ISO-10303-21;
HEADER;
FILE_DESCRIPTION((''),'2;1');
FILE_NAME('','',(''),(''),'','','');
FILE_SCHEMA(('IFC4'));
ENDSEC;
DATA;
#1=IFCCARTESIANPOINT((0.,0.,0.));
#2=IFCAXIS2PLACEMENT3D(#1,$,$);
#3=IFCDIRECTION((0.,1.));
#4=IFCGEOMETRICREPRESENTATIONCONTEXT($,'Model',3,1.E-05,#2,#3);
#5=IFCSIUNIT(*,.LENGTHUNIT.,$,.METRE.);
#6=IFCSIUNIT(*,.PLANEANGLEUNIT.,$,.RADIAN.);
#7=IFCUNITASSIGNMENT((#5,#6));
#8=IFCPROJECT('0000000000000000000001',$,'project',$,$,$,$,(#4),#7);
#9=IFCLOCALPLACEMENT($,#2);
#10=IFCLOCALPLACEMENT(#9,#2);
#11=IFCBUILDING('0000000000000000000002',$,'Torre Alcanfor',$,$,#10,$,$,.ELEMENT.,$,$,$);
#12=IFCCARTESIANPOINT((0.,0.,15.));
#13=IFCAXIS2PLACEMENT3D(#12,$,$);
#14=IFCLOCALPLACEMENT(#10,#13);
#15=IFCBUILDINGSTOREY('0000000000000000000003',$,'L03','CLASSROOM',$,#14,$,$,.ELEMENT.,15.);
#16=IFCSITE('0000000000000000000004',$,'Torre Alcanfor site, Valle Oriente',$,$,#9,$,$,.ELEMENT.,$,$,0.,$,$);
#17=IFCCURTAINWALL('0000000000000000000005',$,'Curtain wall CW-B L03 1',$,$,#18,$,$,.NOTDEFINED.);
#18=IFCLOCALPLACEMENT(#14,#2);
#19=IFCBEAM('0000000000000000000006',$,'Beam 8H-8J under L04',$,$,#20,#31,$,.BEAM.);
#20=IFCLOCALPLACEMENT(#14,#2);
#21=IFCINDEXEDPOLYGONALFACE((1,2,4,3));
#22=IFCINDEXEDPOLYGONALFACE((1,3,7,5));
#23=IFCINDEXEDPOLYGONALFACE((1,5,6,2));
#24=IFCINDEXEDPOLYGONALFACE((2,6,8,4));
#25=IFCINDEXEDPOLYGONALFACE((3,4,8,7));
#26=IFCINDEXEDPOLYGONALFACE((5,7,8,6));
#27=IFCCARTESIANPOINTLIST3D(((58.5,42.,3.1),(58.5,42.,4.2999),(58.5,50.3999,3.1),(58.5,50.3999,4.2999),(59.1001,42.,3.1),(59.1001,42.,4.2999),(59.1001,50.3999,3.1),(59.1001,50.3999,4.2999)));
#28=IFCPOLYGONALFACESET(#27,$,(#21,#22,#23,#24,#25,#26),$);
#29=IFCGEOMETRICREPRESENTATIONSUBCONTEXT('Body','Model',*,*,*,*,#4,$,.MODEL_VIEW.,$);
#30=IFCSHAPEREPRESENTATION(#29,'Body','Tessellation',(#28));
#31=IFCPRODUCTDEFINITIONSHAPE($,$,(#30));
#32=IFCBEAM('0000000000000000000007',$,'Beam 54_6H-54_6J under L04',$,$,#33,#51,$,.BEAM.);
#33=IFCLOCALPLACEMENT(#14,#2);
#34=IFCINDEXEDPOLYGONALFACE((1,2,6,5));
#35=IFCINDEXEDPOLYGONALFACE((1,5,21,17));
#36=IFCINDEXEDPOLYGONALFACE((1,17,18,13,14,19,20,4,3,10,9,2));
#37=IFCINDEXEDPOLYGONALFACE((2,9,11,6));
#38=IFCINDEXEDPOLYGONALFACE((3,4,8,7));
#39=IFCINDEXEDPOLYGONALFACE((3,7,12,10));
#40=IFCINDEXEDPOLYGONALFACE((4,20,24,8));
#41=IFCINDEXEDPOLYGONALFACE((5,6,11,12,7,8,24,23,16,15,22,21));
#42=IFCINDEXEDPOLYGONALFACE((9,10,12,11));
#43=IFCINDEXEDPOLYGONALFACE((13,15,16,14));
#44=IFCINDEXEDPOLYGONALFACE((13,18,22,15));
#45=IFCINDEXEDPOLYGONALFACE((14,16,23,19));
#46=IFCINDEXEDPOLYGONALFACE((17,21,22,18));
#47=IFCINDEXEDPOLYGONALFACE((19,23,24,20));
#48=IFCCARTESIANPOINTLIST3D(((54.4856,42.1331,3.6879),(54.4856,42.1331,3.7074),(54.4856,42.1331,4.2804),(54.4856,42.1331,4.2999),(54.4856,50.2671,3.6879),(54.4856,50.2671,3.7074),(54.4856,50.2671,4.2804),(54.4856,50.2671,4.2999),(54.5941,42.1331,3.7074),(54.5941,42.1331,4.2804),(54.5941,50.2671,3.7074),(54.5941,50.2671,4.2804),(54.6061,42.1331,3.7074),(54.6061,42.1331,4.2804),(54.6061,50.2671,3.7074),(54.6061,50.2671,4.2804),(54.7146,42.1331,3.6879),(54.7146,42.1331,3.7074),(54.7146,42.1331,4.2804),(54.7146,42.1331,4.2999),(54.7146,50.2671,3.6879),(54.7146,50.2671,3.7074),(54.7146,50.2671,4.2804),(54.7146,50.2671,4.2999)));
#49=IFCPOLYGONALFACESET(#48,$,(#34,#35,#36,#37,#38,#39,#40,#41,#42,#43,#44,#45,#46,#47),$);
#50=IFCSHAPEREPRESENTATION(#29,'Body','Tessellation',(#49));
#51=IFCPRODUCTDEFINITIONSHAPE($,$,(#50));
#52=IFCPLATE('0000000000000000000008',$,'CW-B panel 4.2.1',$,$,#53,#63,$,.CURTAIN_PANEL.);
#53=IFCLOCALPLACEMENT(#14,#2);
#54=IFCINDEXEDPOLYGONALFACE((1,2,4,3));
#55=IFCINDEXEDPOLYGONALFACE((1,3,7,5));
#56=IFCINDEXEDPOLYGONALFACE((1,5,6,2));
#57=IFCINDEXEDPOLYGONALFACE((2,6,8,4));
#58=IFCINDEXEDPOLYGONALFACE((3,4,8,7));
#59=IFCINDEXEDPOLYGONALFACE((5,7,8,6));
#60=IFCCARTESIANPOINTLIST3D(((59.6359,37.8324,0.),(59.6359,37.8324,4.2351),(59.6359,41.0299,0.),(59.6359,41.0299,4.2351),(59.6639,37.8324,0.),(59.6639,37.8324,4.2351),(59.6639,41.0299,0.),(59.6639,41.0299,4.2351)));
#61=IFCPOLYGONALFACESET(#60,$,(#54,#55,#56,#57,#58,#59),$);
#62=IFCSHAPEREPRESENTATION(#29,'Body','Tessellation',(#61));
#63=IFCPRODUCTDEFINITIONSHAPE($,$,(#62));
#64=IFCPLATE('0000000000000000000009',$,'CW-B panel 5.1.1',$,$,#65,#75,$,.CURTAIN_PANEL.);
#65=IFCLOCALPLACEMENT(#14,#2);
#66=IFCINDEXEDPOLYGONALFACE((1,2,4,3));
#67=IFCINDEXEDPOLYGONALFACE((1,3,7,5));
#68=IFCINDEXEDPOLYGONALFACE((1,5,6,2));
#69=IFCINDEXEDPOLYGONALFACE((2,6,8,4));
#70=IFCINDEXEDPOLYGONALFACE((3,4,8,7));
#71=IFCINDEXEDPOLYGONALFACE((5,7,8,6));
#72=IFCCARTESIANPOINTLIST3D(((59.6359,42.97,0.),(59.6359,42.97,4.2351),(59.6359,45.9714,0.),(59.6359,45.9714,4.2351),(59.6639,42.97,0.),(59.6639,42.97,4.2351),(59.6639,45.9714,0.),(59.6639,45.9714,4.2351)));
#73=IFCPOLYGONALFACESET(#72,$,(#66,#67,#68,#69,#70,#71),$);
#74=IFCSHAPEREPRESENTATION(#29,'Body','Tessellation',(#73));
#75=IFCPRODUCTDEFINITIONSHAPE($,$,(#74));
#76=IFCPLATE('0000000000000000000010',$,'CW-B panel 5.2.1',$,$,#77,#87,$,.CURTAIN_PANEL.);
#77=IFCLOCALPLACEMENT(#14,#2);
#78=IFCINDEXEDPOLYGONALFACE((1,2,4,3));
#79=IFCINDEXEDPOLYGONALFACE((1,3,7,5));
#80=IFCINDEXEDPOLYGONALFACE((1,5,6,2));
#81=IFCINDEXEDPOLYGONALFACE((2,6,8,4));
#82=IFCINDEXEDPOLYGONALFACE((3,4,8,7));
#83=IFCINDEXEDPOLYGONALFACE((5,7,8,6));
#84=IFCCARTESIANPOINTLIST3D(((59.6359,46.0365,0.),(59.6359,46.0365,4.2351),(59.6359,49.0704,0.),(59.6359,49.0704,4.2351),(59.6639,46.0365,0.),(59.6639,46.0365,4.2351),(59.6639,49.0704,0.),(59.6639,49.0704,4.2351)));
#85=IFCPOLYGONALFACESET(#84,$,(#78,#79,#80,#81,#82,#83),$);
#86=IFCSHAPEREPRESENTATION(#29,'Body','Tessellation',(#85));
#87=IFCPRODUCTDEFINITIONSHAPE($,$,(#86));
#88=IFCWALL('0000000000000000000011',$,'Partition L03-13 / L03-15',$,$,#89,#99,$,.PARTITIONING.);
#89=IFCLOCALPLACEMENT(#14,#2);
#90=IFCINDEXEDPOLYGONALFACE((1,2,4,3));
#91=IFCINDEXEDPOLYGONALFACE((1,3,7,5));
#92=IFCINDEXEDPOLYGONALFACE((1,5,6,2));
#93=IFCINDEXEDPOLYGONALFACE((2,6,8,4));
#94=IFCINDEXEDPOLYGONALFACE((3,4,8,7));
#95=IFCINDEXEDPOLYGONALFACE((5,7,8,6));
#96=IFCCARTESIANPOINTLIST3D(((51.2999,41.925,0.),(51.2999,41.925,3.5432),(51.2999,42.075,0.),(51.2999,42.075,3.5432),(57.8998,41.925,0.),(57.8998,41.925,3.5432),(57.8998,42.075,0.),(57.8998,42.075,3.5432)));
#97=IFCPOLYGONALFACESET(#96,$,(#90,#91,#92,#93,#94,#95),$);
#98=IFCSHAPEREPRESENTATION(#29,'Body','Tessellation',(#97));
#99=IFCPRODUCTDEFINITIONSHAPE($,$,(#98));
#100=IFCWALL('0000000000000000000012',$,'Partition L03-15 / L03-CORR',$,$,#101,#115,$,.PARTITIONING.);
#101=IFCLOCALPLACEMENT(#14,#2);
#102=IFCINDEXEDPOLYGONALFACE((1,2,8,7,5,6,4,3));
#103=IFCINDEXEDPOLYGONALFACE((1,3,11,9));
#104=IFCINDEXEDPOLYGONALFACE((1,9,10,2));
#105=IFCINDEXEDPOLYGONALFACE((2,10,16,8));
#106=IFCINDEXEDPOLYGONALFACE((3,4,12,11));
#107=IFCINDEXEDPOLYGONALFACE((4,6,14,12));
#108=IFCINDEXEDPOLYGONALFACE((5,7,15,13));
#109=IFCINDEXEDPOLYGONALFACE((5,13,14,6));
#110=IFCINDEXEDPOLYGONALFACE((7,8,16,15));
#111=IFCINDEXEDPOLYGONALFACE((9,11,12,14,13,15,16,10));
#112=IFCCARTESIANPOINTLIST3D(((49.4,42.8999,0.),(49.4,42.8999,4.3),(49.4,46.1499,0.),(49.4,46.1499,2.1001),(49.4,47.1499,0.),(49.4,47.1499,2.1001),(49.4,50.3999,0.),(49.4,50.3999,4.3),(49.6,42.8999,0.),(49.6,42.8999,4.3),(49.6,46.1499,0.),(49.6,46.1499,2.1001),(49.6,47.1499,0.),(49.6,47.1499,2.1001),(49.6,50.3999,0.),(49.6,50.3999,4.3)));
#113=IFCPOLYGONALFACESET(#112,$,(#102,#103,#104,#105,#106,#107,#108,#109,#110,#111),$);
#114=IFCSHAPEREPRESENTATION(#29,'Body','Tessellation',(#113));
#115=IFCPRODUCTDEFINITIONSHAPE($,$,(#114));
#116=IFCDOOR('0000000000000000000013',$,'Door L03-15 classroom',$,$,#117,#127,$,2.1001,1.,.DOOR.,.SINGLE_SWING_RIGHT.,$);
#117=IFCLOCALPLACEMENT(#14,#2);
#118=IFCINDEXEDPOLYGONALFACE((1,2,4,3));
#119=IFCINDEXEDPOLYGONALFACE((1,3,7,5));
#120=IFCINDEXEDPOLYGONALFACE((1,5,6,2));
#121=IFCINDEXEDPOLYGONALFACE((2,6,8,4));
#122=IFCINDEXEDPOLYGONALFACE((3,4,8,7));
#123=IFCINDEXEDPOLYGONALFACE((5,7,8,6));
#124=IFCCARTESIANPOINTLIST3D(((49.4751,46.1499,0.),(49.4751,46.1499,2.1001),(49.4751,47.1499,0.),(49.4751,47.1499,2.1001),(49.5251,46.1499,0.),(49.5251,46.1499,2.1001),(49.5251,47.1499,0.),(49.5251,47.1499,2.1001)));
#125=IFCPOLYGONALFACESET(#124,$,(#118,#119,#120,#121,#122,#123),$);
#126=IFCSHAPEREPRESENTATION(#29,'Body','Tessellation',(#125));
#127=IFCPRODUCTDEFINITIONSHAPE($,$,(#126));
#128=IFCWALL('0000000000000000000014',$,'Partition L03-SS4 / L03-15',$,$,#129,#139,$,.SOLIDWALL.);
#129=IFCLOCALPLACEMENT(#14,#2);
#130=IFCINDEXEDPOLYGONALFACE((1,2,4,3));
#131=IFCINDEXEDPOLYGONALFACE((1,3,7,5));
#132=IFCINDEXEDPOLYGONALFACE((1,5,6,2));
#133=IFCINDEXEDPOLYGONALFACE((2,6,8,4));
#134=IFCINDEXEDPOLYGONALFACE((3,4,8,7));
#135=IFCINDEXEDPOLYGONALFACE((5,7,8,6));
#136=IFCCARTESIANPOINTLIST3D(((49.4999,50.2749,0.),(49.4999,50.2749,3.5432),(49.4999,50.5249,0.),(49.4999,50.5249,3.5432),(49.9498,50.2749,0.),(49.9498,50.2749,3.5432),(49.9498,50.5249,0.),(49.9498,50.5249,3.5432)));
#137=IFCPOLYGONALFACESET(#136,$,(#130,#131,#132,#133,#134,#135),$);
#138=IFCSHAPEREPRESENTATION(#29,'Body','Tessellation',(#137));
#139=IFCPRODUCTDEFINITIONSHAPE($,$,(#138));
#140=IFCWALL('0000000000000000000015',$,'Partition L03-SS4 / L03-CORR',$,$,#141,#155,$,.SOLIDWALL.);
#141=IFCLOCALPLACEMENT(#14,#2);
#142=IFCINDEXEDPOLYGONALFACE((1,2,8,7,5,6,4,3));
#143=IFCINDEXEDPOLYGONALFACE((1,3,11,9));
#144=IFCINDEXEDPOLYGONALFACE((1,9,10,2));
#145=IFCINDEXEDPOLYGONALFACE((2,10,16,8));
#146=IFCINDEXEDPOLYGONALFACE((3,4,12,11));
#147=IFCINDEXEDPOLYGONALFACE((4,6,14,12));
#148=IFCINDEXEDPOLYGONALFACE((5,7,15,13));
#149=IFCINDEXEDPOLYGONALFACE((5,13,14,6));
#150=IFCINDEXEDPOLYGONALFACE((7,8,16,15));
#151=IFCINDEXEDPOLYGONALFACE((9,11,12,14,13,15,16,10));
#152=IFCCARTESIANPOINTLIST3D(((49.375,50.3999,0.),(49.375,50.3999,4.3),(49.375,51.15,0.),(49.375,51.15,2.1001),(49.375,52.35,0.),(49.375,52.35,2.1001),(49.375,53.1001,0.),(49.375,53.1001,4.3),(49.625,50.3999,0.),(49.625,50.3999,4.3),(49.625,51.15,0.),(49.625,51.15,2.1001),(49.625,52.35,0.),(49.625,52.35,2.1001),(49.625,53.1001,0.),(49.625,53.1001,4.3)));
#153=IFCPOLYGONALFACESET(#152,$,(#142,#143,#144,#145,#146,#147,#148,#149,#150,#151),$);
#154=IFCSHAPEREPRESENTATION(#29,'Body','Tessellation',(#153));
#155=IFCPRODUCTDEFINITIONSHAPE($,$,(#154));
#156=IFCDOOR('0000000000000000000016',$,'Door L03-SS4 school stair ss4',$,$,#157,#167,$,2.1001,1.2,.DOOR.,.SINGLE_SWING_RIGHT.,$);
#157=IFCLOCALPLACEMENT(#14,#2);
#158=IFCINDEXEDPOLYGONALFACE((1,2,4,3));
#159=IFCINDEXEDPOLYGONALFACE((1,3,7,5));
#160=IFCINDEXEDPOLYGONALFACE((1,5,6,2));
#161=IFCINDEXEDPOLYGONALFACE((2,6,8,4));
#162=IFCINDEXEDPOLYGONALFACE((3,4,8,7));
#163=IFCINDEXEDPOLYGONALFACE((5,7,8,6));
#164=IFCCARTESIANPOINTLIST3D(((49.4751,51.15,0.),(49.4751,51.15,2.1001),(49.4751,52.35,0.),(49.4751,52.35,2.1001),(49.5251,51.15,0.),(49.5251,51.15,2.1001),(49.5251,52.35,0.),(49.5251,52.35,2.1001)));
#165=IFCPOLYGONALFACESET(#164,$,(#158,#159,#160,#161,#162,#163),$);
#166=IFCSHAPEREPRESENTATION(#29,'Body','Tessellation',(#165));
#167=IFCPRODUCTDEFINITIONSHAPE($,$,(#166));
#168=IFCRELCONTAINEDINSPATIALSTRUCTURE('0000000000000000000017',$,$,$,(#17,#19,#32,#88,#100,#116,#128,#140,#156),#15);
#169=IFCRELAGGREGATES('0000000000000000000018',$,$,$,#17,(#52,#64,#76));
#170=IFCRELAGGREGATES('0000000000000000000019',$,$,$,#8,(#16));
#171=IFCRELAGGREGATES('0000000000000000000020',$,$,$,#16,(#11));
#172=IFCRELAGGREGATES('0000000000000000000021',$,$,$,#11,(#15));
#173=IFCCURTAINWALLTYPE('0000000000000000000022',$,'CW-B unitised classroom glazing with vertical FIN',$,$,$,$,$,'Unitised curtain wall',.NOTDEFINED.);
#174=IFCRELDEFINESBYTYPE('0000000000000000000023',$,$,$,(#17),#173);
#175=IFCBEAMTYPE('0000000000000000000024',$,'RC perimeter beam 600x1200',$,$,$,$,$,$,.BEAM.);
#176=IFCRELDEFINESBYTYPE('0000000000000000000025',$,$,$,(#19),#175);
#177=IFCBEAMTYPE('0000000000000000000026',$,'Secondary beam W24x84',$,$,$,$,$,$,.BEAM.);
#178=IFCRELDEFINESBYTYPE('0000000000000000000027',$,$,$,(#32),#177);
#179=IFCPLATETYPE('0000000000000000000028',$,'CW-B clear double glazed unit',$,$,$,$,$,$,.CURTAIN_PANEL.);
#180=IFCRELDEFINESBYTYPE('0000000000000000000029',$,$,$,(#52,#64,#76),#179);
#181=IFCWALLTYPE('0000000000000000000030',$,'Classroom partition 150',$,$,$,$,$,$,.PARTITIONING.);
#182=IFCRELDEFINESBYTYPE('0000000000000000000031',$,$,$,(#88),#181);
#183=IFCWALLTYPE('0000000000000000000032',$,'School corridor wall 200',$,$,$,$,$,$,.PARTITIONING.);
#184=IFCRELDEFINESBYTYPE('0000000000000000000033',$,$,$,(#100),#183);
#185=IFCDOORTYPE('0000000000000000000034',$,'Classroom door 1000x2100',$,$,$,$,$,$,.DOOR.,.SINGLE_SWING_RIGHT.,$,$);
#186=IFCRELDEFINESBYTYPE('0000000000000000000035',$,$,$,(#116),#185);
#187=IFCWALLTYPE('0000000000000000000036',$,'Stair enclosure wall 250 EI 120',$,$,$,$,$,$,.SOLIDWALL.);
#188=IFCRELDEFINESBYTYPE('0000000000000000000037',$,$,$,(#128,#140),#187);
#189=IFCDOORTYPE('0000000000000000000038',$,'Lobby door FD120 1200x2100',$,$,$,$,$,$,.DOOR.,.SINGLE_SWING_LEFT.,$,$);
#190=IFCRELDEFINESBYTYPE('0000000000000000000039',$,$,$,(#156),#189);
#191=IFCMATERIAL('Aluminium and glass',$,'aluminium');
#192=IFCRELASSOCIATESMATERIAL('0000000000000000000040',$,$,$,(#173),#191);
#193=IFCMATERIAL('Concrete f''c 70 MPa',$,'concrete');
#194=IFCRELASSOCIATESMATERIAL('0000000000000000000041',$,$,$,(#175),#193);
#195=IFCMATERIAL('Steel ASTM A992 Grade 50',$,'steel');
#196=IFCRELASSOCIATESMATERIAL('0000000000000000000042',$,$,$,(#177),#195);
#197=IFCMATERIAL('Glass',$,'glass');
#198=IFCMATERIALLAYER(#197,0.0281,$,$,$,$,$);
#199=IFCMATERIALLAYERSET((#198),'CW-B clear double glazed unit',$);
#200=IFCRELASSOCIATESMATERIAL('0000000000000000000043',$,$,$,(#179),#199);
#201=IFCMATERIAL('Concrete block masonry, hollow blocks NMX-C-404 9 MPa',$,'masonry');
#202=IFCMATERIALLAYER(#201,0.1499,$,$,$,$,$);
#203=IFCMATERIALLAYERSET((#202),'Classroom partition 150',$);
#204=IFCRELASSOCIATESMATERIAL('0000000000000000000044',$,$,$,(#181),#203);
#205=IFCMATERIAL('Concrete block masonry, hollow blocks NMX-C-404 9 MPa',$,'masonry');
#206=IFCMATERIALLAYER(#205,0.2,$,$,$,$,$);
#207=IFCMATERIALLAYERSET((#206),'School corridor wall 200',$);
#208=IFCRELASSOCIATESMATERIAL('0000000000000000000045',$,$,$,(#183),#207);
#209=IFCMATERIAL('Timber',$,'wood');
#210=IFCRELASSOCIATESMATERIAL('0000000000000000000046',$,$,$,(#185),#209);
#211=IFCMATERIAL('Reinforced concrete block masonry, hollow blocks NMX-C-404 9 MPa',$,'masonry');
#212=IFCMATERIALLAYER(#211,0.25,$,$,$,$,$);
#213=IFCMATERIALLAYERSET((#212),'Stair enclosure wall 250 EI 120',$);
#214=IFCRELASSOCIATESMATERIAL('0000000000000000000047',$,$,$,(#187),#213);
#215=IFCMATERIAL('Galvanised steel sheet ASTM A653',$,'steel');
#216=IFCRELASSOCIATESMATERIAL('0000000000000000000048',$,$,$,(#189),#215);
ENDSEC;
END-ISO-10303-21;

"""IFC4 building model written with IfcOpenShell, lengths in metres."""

from ifc_helpers import new_model, si_unit, direction, frame, frame_2d, origin, origin_2d, place, context, subcontext, project, spatial, rectangle, i_section, extrude, material, layer, layer_set, material_profile, profile_set, type_object, element, fill, aggregate, save


model = new_model("IFC4")

# Units and contexts
model_context = context("Model", 3, precision=1e-05, world=origin(), true_north=direction((0.0, 1.0)))
body_context = subcontext(model_context, "Body", "Model", "MODEL_VIEW")
ifc_project = project(units=[si_unit("LENGTHUNIT", "METRE"), si_unit("PLANEANGLEUNIT", "RADIAN")], contexts=[model_context])

# Site, building, storey
site_placement = place(None, origin())
site = spatial("IfcSite", under=ifc_project, at=site_placement, Name="Torre Alcanfor site, Valle Oriente", CompositionType="ELEMENT", RefElevation=0.0)
building_placement = place(site_placement, origin())
building = spatial("IfcBuilding", under=site, at=building_placement, Name="Torre Alcanfor", CompositionType="ELEMENT")
storey_placement = place(building_placement, frame((0.0, 0.0, 15.0)))
storey = spatial("IfcBuildingStorey", under=building, at=storey_placement, Name="L03", Description="CLASSROOM", CompositionType="ELEMENT", Elevation=15.0)

# Curtain wall
ifc_material_1 = material(Name="Aluminium and glass", Category="aluminium")
curtain_wall_type = type_object("IfcCurtainWallType", Name="CW-B unitised classroom glazing with vertical FIN", ElementType="Unitised curtain wall", PredefinedType="NOTDEFINED", material=ifc_material_1)
curtain_wall_placement = place(storey_placement, origin())
curtain_wall = element("IfcCurtainWall", 1, at=curtain_wall_placement, inside=storey, type_object=curtain_wall_type, Name="Curtain wall CW-B L03 1", PredefinedType="NOTDEFINED")

# Beams
ifc_material_2 = material(Name="Concrete f'c 70 MPa", Category="concrete")
ifc_material_profile_1 = material_profile(ifc_material_2, rectangle(XDim=0.6001, YDim=1.2, at=origin_2d()), Name="600x1200")
ifc_profile_set_1 = profile_set([ifc_material_profile_1], Name="Concrete f'c 70 MPa")
beam_type_1 = type_object("IfcBeamType", Name="RC perimeter beam 600x1200", PredefinedType="BEAM", material=ifc_profile_set_1)
beam_1_placement = place(storey_placement, frame((58.8, 42.0, 3.7), z_axis=(0.0, 1.0, 0.0), x_axis=(-1.0, 0.0, 0.0)))
element("IfcBeam", 2, at=beam_1_placement, inside=storey, type_object=beam_type_1, Name="Beam 8H-8J under L04", PredefinedType="BEAM", context=body_context, shape_type="SweptSolid", body=[
    extrude(rectangle(XDim=0.6001, YDim=1.2, at=origin_2d()), origin(), (0.0, 0.0, 1.0), 8.3999),
])
ifc_material_3 = material(Name="Steel ASTM A992 Grade 50", Category="steel")
ifc_material_profile_2 = material_profile(ifc_material_3, i_section(OverallWidth=0.229, OverallDepth=0.6121, WebThickness=0.012, FlangeThickness=0.0195, at=origin_2d()), Name="W24x84")
ifc_profile_set_2 = profile_set([ifc_material_profile_2], Name="Steel ASTM A992 Grade 50")
beam_type_2 = type_object("IfcBeamType", Name="Secondary beam W24x84", PredefinedType="BEAM", material=ifc_profile_set_2)
beam_2_placement = place(storey_placement, frame((54.6001, 42.1331, 3.9939), z_axis=(0.0, 1.0, 0.0), x_axis=(-1.0, 0.0, 0.0)))
element("IfcBeam", 3, at=beam_2_placement, inside=storey, type_object=beam_type_2, Name="Beam 54_6H-54_6J under L04", PredefinedType="BEAM", context=body_context, shape_type="SweptSolid", body=[
    extrude(i_section(OverallWidth=0.229, OverallDepth=0.6121, WebThickness=0.012, FlangeThickness=0.0195, at=origin_2d()), origin(), (0.0, 0.0, 1.0), 8.134),
])

# Plates
ifc_material_4 = material(Name="Glass", Category="glass")
ifc_layer_1 = layer(ifc_material_4, 0.0281)
ifc_layer_set_1 = layer_set([ifc_layer_1], Name="CW-B clear double glazed unit")
plate_type = type_object("IfcPlateType", Name="CW-B clear double glazed unit", PredefinedType="CURTAIN_PANEL", material=ifc_layer_set_1)
plate_1_placement = place(storey_placement, frame((59.6499, 39.4312, 0.0), z_axis=(0.0, 0.0, 1.0), x_axis=(0.0, 1.0, 0.0)))
plate_1 = element("IfcPlate", 4, at=plate_1_placement, type_object=plate_type, Name="CW-B panel 4.2.1", PredefinedType="CURTAIN_PANEL", context=body_context, shape_type="SweptSolid", body=[
    extrude(rectangle(XDim=3.1975, YDim=0.0281, at=origin_2d()), origin(), (0.0, 0.0, 1.0), 4.2351),
])
plate_2_placement = place(storey_placement, frame((59.6499, 44.4707, 0.0), z_axis=(0.0, 0.0, 1.0), x_axis=(0.0, 1.0, 0.0)))
plate_2 = element("IfcPlate", 5, at=plate_2_placement, type_object=plate_type, Name="CW-B panel 5.1.1", PredefinedType="CURTAIN_PANEL", context=body_context, shape_type="SweptSolid", body=[
    extrude(rectangle(XDim=3.0015, YDim=0.0281, at=origin_2d()), origin(), (0.0, 0.0, 1.0), 4.2351),
])
plate_3_placement = place(storey_placement, frame((59.6499, 47.5535, 0.0), z_axis=(0.0, 0.0, 1.0), x_axis=(0.0, 1.0, 0.0)))
plate_3 = element("IfcPlate", 6, at=plate_3_placement, type_object=plate_type, Name="CW-B panel 5.2.1", PredefinedType="CURTAIN_PANEL", context=body_context, shape_type="SweptSolid", body=[
    extrude(rectangle(XDim=3.0339, YDim=0.0281, at=origin_2d()), origin(), (0.0, 0.0, 1.0), 4.2351),
])
aggregate(curtain_wall, [plate_1, plate_2, plate_3])

# Wall
ifc_material_5 = material(Name="Concrete block masonry, hollow blocks NMX-C-404 9 MPa", Category="masonry")
ifc_layer_2 = layer(ifc_material_5, 0.1499)
ifc_layer_set_2 = layer_set([ifc_layer_2], Name="Classroom partition 150")
wall_type_1 = type_object("IfcWallType", Name="Classroom partition 150", PredefinedType="PARTITIONING", material=ifc_layer_set_2)
wall_1_placement = place(storey_placement, frame((51.3, 42.0, 0.0), z_axis=(0.0, 0.0, 1.0), x_axis=(1.0, 0.0, 0.0)))
element("IfcWall", 7, at=wall_1_placement, inside=storey, type_object=wall_type_1, Name="Partition L03-13 / L03-15", PredefinedType="PARTITIONING", context=body_context, shape_type="SweptSolid", body=[
    extrude(rectangle(XDim=6.5999, YDim=0.1499, at=frame_2d((3.2998, 0.0))), origin(), (0.0, 0.0, 1.0), 3.5432),
])

# Wall, opening, door
ifc_material_6 = material(Name="Concrete block masonry, hollow blocks NMX-C-404 9 MPa", Category="masonry")
ifc_layer_3 = layer(ifc_material_6, 0.2)
ifc_layer_set_3 = layer_set([ifc_layer_3], Name="School corridor wall 200")
wall_type_2 = type_object("IfcWallType", Name="School corridor wall 200", PredefinedType="PARTITIONING", material=ifc_layer_set_3)
wall_2_placement = place(storey_placement, frame((49.5, 42.8999, 0.0), z_axis=(0.0, 0.0, 1.0), x_axis=(0.0, 1.0, 0.0)))
wall_2 = element("IfcWall", 8, at=wall_2_placement, inside=storey, type_object=wall_type_2, Name="Partition L03-15 / L03-CORR", PredefinedType="PARTITIONING", context=body_context, shape_type="SweptSolid", body=[
    extrude(rectangle(XDim=7.5, YDim=0.2, at=frame_2d((3.75, 0.0))), origin(), (0.0, 0.0, 1.0), 4.3),
])
opening_1_placement = place(wall_2_placement, frame((3.25, 0.0, 0.0)))
opening_1 = element("IfcOpeningElement", 9, at=opening_1_placement, cuts=wall_2, PredefinedType="OPENING", context=body_context, shape_type="SweptSolid", body=[
    extrude(rectangle(XDim=1.0, YDim=2.1001, at=frame_2d((0.5, 1.05))), frame((0.0, 0.1099, 0.0), z_axis=(0.0, -1.0, 0.0), x_axis=(1.0, 0.0, 0.0)), (0.0, 0.0, 1.0), 0.22),
])
ifc_material_7 = material(Name="Timber", Category="wood")
door_type_1 = type_object("IfcDoorType", Name="Classroom door 1000x2100", OperationType="SINGLE_SWING_RIGHT", PredefinedType="DOOR", material=ifc_material_7)
door_1_placement = place(opening_1_placement, frame((1.0, 0.0, 0.0), z_axis=(0.0, 0.0, 1.0), x_axis=(-1.0, 0.0, 0.0)))
door_1 = element("IfcDoor", 10, at=door_1_placement, inside=storey, type_object=door_type_1, Name="Door L03-15 classroom", OperationType="SINGLE_SWING_RIGHT", OverallHeight=2.1001, OverallWidth=1.0, PredefinedType="DOOR", context=body_context, shape_type="SweptSolid", body=[
    extrude(rectangle(XDim=1.0, YDim=2.1001, at=frame_2d((0.5, 1.05))), frame((0.0, 0.0251, 0.0), z_axis=(0.0, -1.0, 0.0), x_axis=(1.0, 0.0, 0.0)), (0.0, 0.0, 1.0), 0.05),
])
fill(opening_1, door_1)

# Wall
ifc_material_8 = material(Name="Reinforced concrete block masonry, hollow blocks NMX-C-404 9 MPa", Category="masonry")
ifc_layer_4 = layer(ifc_material_8, 0.25)
ifc_layer_set_4 = layer_set([ifc_layer_4], Name="Stair enclosure wall 250 EI 120")
wall_type_3 = type_object("IfcWallType", Name="Stair enclosure wall 250 EI 120", PredefinedType="SOLIDWALL", material=ifc_layer_set_4)
wall_3_placement = place(storey_placement, frame((49.95, 50.3999, 0.0), z_axis=(0.0, 0.0, 1.0), x_axis=(-1.0, 0.0, 0.0)))
element("IfcWall", 11, at=wall_3_placement, inside=storey, type_object=wall_type_3, Name="Partition L03-SS4 / L03-15", PredefinedType="SOLIDWALL", context=body_context, shape_type="SweptSolid", body=[
    extrude(rectangle(XDim=0.45, YDim=0.25, at=frame_2d((0.2251, 0.0))), origin(), (0.0, 0.0, 1.0), 3.5432),
])

# Wall, opening, door
wall_4_placement = place(storey_placement, frame((49.5, 50.3999, 0.0), z_axis=(0.0, 0.0, 1.0), x_axis=(0.0, 1.0, 0.0)))
wall_4 = element("IfcWall", 12, at=wall_4_placement, inside=storey, type_object=wall_type_3, Name="Partition L03-SS4 / L03-CORR", PredefinedType="SOLIDWALL", context=body_context, shape_type="SweptSolid", body=[
    extrude(rectangle(XDim=2.7002, YDim=0.25, at=frame_2d((1.3501, 0.0))), origin(), (0.0, 0.0, 1.0), 4.3),
])
opening_2_placement = place(wall_4_placement, frame((0.75, 0.0, 0.0)))
opening_2 = element("IfcOpeningElement", 13, at=opening_2_placement, cuts=wall_4, PredefinedType="OPENING", context=body_context, shape_type="SweptSolid", body=[
    extrude(rectangle(XDim=1.2, YDim=2.1001, at=frame_2d((0.6001, 1.05))), frame((0.0, 0.135, 0.0), z_axis=(0.0, -1.0, 0.0), x_axis=(1.0, 0.0, 0.0)), (0.0, 0.0, 1.0), 0.27),
])
ifc_material_9 = material(Name="Galvanised steel sheet ASTM A653", Category="steel")
door_type_2 = type_object("IfcDoorType", Name="Lobby door FD120 1200x2100", OperationType="SINGLE_SWING_LEFT", PredefinedType="DOOR", material=ifc_material_9)
door_2_placement = place(opening_2_placement, frame((1.2, 0.0, 0.0), z_axis=(0.0, 0.0, 1.0), x_axis=(-1.0, 0.0, 0.0)))
door_2 = element("IfcDoor", 14, at=door_2_placement, inside=storey, type_object=door_type_2, Name="Door L03-SS4 school stair ss4", OperationType="SINGLE_SWING_RIGHT", OverallHeight=2.1001, OverallWidth=1.2, PredefinedType="DOOR", context=body_context, shape_type="SweptSolid", body=[
    extrude(rectangle(XDim=1.2, YDim=2.1001, at=frame_2d((0.5999, 1.05))), frame((0.0, 0.0251, 0.0), z_axis=(0.0, -1.0, 0.0), x_axis=(1.0, 0.0, 0.0)), (0.0, 0.0, 1.0), 0.05),
])
fill(opening_2, door_2)

save(model, "model.ifc")
